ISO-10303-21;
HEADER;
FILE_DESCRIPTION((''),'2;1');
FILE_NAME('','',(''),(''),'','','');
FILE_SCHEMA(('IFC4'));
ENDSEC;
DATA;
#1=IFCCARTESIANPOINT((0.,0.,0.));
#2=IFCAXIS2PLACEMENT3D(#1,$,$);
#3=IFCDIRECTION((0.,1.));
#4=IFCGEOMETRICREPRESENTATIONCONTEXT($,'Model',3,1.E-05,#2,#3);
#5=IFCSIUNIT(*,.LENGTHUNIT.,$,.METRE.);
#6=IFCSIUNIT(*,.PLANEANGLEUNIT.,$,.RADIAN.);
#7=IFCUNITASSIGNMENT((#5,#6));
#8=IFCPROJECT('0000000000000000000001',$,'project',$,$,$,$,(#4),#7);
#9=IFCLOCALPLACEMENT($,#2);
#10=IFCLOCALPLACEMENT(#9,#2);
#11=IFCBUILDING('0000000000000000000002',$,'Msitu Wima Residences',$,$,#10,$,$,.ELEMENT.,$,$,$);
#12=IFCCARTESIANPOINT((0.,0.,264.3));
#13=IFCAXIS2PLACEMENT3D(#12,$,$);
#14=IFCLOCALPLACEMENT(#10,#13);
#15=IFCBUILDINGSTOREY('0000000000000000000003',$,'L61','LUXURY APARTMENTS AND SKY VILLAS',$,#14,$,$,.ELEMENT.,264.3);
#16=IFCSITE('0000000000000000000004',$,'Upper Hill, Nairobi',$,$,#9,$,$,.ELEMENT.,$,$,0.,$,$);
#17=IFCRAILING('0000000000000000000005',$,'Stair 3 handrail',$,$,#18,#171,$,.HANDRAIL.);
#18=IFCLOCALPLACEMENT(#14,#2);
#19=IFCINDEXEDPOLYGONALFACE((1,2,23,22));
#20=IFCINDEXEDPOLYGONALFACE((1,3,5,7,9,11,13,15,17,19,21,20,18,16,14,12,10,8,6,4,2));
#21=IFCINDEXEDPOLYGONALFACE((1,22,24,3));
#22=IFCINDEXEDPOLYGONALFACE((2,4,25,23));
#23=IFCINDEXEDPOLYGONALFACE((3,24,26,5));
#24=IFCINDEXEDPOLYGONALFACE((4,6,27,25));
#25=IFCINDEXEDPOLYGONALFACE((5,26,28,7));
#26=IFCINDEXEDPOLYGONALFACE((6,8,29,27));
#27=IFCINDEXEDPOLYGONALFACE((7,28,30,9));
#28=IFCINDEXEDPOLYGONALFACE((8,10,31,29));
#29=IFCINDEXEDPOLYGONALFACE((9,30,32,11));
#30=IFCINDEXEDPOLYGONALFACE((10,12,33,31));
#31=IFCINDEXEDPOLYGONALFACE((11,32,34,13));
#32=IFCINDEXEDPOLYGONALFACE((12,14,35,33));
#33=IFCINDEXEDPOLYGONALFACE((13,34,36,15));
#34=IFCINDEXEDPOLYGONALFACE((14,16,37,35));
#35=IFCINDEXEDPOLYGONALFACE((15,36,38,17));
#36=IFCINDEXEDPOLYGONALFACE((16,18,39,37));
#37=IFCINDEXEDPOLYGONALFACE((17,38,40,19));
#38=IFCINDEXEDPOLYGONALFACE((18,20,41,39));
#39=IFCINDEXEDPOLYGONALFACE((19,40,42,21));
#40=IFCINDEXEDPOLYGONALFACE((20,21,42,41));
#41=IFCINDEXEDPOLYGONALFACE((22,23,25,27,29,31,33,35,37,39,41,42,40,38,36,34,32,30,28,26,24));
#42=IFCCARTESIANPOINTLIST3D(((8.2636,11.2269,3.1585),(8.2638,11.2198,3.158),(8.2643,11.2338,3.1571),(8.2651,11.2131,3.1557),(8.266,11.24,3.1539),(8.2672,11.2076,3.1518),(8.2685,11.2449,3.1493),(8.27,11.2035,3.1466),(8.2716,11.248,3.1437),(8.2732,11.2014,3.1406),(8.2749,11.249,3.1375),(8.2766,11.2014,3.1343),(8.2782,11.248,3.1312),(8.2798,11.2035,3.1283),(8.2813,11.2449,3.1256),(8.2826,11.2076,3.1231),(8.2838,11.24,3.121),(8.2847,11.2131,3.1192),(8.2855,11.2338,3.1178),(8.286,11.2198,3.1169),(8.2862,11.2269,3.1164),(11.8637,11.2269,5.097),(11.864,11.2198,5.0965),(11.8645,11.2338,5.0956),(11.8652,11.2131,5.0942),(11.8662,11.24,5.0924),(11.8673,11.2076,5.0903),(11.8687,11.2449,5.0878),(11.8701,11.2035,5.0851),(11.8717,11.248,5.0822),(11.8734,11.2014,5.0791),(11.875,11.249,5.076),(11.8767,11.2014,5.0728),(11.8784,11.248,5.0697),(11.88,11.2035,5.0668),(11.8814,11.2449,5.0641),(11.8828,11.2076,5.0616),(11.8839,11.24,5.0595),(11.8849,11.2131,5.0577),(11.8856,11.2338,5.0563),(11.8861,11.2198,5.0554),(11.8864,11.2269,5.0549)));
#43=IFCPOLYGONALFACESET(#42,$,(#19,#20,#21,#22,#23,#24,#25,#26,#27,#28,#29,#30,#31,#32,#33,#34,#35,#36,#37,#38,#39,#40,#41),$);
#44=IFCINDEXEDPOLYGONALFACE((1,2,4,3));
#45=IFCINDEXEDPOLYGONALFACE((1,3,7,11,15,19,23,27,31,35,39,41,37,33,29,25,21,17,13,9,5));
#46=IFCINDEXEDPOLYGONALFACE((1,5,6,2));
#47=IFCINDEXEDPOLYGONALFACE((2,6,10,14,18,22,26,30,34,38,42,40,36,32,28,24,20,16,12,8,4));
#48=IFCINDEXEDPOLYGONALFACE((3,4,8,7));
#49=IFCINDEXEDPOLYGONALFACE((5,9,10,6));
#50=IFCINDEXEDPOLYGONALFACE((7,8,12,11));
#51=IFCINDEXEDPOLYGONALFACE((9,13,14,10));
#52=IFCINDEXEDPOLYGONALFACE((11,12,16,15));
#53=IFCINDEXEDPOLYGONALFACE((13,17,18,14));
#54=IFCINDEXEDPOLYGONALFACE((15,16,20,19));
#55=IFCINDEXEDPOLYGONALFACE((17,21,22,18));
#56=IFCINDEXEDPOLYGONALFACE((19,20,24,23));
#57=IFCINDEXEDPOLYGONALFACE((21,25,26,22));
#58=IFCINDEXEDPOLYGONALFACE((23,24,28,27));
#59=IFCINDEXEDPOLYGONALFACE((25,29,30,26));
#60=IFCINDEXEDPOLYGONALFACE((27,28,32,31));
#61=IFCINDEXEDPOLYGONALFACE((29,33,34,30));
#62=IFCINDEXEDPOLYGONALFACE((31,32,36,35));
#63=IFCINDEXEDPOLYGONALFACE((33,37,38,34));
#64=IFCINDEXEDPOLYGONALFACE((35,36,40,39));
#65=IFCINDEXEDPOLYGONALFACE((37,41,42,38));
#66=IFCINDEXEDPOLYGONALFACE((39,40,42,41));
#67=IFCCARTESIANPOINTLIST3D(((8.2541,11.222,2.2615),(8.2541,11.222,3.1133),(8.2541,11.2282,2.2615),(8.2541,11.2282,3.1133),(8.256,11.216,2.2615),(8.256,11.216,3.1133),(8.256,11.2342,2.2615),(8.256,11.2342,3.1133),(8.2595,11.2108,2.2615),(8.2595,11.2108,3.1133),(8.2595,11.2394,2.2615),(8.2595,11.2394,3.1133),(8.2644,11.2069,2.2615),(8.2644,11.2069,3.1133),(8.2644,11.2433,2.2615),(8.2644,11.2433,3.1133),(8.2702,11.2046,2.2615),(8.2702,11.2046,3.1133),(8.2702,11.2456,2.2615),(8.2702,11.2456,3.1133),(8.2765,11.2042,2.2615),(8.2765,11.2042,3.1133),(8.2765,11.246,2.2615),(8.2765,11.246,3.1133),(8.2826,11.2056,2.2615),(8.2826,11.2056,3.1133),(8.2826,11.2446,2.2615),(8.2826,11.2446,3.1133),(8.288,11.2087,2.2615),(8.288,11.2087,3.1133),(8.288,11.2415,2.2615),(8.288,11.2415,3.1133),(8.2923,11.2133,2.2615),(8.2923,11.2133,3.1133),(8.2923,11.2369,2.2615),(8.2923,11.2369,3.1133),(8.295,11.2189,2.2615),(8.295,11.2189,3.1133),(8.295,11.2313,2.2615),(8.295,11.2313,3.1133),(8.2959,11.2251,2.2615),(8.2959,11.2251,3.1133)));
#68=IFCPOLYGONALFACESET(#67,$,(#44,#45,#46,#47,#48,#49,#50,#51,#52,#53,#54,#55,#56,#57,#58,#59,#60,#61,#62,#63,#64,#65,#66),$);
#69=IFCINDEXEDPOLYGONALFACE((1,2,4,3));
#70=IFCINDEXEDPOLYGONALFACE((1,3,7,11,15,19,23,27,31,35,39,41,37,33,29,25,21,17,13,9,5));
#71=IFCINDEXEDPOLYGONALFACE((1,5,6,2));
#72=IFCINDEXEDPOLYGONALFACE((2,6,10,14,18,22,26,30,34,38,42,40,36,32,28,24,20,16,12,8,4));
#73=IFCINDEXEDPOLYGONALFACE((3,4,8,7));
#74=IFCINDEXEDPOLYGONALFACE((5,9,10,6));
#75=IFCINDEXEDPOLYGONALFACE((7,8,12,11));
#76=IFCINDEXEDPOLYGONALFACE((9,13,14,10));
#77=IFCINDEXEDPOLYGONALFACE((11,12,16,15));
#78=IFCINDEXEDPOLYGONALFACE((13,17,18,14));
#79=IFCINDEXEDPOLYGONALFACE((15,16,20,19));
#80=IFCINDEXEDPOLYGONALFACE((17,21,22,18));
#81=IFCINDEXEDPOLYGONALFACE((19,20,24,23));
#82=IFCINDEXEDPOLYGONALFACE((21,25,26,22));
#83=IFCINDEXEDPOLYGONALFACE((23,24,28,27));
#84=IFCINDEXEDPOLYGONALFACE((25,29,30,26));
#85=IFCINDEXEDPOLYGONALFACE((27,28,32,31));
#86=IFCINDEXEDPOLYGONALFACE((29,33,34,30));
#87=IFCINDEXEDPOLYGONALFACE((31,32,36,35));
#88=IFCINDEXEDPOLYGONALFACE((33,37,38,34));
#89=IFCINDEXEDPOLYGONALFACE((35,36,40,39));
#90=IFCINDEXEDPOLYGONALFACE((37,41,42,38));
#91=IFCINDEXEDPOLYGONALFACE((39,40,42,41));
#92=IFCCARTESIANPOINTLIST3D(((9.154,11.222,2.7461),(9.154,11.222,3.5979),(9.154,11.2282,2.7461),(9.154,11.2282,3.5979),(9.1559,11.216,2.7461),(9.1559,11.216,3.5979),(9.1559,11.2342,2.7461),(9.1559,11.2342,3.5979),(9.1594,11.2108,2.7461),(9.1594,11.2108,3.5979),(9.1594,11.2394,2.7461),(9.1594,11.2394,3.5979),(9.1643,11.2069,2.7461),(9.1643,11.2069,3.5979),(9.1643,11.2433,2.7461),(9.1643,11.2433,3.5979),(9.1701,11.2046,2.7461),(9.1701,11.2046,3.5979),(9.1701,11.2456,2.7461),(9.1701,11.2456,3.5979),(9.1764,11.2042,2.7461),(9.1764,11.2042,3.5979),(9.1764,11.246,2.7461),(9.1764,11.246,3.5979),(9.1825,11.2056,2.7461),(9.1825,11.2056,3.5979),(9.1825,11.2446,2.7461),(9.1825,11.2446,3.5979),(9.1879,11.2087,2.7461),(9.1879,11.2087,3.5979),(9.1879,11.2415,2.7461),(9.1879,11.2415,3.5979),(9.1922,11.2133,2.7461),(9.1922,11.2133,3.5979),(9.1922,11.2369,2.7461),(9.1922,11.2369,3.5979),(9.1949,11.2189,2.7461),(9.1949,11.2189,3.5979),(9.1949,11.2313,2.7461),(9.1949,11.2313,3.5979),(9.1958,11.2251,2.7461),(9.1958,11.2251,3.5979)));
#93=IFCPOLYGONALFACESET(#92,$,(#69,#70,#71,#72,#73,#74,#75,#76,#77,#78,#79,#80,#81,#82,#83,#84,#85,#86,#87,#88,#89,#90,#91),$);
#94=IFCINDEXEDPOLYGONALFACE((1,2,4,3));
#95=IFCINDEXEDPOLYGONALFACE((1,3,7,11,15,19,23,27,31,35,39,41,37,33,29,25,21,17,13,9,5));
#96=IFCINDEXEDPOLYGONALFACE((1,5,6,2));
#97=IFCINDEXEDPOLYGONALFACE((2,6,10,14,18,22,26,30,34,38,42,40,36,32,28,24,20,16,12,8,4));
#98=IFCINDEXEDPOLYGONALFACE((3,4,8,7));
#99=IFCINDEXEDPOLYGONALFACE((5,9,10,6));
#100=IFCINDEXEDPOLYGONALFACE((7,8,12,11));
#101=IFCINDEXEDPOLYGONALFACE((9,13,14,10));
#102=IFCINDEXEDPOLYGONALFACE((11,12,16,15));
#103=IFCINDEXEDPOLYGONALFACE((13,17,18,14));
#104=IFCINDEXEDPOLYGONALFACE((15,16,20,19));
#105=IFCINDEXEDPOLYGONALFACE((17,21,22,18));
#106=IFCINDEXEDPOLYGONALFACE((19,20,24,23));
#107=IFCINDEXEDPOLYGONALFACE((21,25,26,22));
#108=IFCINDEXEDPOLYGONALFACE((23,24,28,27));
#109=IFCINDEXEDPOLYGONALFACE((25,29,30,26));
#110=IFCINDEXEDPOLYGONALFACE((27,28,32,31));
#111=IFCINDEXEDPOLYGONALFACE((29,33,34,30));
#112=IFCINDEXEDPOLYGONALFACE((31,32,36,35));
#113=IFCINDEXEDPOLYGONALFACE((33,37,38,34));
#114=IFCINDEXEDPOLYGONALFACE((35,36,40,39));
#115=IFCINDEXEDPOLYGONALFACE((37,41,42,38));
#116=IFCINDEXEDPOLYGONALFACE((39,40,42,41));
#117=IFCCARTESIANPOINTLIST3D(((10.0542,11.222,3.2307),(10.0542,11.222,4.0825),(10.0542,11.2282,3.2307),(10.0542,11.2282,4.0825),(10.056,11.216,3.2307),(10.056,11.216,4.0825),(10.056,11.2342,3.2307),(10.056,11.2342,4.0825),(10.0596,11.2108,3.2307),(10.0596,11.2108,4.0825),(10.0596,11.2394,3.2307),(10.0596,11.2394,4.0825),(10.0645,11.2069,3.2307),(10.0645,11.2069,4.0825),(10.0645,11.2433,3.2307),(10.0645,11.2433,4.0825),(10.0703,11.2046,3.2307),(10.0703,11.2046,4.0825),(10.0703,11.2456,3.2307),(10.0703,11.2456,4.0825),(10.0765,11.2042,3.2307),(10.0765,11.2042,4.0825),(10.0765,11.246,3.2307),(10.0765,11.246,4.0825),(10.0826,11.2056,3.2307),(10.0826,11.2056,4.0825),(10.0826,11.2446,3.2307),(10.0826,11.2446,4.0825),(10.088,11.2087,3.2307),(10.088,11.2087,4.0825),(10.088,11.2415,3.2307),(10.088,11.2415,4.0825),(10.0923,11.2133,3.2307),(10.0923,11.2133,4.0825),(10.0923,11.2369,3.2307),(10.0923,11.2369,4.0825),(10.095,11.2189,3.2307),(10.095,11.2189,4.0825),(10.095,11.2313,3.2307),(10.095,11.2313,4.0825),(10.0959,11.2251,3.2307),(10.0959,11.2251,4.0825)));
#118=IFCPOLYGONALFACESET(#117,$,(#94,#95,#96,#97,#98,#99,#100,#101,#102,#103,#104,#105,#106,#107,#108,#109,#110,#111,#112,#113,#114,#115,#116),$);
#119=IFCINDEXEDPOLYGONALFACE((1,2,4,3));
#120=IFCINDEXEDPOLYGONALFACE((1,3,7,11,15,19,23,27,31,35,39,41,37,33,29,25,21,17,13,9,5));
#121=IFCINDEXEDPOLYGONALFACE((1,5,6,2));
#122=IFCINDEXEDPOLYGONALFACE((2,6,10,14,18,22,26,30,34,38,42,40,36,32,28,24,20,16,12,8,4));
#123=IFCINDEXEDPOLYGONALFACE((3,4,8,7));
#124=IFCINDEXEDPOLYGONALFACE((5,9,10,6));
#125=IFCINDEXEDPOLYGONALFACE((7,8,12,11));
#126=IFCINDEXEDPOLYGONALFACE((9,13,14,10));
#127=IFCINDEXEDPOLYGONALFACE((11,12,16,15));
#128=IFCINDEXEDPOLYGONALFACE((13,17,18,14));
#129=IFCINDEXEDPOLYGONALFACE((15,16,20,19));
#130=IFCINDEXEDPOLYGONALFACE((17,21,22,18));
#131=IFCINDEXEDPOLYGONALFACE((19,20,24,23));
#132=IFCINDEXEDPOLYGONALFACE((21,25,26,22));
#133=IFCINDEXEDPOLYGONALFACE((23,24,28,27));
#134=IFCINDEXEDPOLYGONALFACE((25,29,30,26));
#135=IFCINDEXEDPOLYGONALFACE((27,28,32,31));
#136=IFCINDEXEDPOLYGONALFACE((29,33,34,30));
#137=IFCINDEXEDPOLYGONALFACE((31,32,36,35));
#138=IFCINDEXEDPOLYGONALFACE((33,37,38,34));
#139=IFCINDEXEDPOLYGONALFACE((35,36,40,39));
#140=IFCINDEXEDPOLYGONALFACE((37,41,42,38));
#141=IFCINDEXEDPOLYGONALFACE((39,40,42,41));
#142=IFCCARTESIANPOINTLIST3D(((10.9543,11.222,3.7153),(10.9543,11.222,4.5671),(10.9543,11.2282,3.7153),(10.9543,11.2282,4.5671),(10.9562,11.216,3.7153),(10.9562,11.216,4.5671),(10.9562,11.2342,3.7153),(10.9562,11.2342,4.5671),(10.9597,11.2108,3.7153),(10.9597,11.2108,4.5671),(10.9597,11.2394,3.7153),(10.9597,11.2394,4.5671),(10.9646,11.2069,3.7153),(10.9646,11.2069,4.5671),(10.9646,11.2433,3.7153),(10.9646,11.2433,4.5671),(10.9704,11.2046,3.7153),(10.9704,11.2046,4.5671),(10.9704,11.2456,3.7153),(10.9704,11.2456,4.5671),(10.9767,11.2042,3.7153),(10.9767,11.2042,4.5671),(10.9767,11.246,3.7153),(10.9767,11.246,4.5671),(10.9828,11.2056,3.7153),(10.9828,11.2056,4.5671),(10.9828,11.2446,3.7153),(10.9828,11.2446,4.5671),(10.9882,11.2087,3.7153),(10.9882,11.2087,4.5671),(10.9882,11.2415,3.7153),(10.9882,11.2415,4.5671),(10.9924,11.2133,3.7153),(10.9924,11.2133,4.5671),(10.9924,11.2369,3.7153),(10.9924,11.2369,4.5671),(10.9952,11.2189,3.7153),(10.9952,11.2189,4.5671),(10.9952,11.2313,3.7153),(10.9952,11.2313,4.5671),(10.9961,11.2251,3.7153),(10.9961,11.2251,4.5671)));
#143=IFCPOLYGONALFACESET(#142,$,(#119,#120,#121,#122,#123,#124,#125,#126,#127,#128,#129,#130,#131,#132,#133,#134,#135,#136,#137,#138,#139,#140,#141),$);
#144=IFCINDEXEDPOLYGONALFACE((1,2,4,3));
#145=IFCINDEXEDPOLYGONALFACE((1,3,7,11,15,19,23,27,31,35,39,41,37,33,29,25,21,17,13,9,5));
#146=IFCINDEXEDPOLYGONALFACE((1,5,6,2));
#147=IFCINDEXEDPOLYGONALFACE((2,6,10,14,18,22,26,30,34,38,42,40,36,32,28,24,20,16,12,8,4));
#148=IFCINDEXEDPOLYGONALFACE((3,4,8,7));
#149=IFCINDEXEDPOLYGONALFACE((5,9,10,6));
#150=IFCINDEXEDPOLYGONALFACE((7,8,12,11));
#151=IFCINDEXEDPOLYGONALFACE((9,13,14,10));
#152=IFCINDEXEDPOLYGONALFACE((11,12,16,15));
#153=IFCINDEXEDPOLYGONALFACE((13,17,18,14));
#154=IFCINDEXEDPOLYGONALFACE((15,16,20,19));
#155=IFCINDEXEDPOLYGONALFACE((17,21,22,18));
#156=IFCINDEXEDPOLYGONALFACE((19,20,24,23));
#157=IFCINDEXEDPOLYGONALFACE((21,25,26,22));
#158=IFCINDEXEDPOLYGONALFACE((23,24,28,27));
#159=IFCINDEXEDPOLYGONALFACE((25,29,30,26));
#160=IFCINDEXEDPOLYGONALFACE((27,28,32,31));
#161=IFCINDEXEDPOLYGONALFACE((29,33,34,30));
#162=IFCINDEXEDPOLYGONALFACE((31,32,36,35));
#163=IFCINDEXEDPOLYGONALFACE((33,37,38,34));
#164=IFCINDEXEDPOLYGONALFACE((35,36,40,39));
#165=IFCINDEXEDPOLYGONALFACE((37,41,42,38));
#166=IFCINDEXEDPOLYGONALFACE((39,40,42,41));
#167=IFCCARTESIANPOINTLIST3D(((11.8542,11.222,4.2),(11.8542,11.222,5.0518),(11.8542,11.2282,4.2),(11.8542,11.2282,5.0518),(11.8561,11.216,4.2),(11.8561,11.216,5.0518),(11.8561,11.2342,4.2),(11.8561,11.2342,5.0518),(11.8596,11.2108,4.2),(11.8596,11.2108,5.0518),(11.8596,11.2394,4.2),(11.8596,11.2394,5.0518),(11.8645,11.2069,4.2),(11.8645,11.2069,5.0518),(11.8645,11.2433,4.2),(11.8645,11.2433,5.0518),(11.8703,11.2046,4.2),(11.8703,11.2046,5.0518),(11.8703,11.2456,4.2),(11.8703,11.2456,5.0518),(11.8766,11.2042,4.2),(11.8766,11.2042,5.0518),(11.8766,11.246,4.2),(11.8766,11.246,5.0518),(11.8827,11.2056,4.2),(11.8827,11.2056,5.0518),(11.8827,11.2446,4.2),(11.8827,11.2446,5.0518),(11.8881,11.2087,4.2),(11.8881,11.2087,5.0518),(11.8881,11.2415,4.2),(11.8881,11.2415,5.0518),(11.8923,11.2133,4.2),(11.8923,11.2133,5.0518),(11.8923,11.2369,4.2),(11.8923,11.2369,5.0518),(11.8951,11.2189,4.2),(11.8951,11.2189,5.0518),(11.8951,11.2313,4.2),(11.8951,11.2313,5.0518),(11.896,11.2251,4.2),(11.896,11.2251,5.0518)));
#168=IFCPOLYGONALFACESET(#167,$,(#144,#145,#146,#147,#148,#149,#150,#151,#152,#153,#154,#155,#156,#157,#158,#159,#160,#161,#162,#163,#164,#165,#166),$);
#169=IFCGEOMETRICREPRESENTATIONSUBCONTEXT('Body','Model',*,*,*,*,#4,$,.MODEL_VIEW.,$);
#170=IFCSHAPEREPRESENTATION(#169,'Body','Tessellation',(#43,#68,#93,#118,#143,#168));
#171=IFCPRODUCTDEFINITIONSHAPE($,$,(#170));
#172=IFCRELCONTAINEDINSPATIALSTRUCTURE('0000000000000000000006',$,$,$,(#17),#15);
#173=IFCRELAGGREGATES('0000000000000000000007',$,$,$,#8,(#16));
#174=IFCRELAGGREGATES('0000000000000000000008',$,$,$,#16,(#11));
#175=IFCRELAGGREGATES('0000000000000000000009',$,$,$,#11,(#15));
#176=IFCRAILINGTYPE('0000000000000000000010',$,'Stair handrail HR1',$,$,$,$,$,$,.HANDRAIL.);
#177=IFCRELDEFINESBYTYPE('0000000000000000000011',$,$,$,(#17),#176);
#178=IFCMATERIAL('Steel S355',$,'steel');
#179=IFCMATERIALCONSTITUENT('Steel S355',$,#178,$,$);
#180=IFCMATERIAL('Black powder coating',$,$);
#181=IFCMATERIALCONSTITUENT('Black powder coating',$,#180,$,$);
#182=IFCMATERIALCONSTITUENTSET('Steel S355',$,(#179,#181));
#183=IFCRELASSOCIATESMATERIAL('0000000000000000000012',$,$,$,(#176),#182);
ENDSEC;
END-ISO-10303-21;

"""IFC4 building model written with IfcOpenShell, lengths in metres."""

from ifc_helpers import new_model, si_unit, direction, frame, origin, origin_2d, place, context, subcontext, project, spatial, circle, extrude, material, constituent, constituent_set, type_object, element, save


model = new_model("IFC4")

# Units and contexts
model_context = context("Model", 3, precision=1e-05, world=origin(), true_north=direction((0.0, 1.0)))
body_context = subcontext(model_context, "Body", "Model", "MODEL_VIEW")
ifc_project = project(units=[si_unit("LENGTHUNIT", "METRE"), si_unit("PLANEANGLEUNIT", "RADIAN")], contexts=[model_context])

# Site, building, storey
site_placement = place(None, origin())
site = spatial("IfcSite", under=ifc_project, at=site_placement, Name="Upper Hill, Nairobi", CompositionType="ELEMENT", RefElevation=0.0)
building_placement = place(site_placement, origin())
building = spatial("IfcBuilding", under=site, at=building_placement, Name="Msitu Wima Residences", CompositionType="ELEMENT")
storey_placement = place(building_placement, frame((0.0, 0.0, 264.3)))
storey = spatial("IfcBuildingStorey", under=building, at=storey_placement, Name="L61", Description="LUXURY APARTMENTS AND SKY VILLAS", CompositionType="ELEMENT", Elevation=264.3)

# Railing
ifc_material_1 = material(Name="Steel S355", Category="steel")
ifc_constituent_1 = constituent(ifc_material_1, Name="Steel S355")
ifc_material_2 = material(Name="Black powder coating")
ifc_constituent_2 = constituent(ifc_material_2, Name="Black powder coating")
ifc_constituent_set = constituent_set(constituents=[ifc_constituent_1, ifc_constituent_2], Name="Steel S355")
railing_type = type_object("IfcRailingType", Name="Stair handrail HR1", PredefinedType="HANDRAIL", material=ifc_constituent_set)
railing_placement = place(storey_placement, frame((8.2749, 11.2251, 2.2615)))
element("IfcRailing", 1, at=railing_placement, inside=storey, type_object=railing_type, Name="Stair 3 handrail", PredefinedType="HANDRAIL", context=body_context, shape_type="SweptSolid", body=[
    extrude(circle(Radius=0.0239, at=origin_2d()), frame((0.0, 0.0, 0.876), z_axis=(0.880475, 0.0, 0.474093), x_axis=(0.0, 1.0, 0.0)), (0.0, 0.0, 1.0), 4.0889),
    extrude(circle(Radius=0.021, at=origin_2d()), origin(), (0.0, 0.0, 1.0), 0.8518),
    extrude(circle(Radius=0.021, at=origin_2d()), frame((0.8999, 0.0, 0.4846)), (0.0, 0.0, 1.0), 0.8518),
    extrude(circle(Radius=0.021, at=origin_2d()), frame((1.8, 0.0, 0.9692)), (0.0, 0.0, 1.0), 0.8518),
    extrude(circle(Radius=0.021, at=origin_2d()), frame((2.7002, 0.0, 1.4539)), (0.0, 0.0, 1.0), 0.8518),
    extrude(circle(Radius=0.021, at=origin_2d()), frame((3.6001, 0.0, 1.9385)), (0.0, 0.0, 1.0), 0.8518),
])

save(model, "model.ifc")
